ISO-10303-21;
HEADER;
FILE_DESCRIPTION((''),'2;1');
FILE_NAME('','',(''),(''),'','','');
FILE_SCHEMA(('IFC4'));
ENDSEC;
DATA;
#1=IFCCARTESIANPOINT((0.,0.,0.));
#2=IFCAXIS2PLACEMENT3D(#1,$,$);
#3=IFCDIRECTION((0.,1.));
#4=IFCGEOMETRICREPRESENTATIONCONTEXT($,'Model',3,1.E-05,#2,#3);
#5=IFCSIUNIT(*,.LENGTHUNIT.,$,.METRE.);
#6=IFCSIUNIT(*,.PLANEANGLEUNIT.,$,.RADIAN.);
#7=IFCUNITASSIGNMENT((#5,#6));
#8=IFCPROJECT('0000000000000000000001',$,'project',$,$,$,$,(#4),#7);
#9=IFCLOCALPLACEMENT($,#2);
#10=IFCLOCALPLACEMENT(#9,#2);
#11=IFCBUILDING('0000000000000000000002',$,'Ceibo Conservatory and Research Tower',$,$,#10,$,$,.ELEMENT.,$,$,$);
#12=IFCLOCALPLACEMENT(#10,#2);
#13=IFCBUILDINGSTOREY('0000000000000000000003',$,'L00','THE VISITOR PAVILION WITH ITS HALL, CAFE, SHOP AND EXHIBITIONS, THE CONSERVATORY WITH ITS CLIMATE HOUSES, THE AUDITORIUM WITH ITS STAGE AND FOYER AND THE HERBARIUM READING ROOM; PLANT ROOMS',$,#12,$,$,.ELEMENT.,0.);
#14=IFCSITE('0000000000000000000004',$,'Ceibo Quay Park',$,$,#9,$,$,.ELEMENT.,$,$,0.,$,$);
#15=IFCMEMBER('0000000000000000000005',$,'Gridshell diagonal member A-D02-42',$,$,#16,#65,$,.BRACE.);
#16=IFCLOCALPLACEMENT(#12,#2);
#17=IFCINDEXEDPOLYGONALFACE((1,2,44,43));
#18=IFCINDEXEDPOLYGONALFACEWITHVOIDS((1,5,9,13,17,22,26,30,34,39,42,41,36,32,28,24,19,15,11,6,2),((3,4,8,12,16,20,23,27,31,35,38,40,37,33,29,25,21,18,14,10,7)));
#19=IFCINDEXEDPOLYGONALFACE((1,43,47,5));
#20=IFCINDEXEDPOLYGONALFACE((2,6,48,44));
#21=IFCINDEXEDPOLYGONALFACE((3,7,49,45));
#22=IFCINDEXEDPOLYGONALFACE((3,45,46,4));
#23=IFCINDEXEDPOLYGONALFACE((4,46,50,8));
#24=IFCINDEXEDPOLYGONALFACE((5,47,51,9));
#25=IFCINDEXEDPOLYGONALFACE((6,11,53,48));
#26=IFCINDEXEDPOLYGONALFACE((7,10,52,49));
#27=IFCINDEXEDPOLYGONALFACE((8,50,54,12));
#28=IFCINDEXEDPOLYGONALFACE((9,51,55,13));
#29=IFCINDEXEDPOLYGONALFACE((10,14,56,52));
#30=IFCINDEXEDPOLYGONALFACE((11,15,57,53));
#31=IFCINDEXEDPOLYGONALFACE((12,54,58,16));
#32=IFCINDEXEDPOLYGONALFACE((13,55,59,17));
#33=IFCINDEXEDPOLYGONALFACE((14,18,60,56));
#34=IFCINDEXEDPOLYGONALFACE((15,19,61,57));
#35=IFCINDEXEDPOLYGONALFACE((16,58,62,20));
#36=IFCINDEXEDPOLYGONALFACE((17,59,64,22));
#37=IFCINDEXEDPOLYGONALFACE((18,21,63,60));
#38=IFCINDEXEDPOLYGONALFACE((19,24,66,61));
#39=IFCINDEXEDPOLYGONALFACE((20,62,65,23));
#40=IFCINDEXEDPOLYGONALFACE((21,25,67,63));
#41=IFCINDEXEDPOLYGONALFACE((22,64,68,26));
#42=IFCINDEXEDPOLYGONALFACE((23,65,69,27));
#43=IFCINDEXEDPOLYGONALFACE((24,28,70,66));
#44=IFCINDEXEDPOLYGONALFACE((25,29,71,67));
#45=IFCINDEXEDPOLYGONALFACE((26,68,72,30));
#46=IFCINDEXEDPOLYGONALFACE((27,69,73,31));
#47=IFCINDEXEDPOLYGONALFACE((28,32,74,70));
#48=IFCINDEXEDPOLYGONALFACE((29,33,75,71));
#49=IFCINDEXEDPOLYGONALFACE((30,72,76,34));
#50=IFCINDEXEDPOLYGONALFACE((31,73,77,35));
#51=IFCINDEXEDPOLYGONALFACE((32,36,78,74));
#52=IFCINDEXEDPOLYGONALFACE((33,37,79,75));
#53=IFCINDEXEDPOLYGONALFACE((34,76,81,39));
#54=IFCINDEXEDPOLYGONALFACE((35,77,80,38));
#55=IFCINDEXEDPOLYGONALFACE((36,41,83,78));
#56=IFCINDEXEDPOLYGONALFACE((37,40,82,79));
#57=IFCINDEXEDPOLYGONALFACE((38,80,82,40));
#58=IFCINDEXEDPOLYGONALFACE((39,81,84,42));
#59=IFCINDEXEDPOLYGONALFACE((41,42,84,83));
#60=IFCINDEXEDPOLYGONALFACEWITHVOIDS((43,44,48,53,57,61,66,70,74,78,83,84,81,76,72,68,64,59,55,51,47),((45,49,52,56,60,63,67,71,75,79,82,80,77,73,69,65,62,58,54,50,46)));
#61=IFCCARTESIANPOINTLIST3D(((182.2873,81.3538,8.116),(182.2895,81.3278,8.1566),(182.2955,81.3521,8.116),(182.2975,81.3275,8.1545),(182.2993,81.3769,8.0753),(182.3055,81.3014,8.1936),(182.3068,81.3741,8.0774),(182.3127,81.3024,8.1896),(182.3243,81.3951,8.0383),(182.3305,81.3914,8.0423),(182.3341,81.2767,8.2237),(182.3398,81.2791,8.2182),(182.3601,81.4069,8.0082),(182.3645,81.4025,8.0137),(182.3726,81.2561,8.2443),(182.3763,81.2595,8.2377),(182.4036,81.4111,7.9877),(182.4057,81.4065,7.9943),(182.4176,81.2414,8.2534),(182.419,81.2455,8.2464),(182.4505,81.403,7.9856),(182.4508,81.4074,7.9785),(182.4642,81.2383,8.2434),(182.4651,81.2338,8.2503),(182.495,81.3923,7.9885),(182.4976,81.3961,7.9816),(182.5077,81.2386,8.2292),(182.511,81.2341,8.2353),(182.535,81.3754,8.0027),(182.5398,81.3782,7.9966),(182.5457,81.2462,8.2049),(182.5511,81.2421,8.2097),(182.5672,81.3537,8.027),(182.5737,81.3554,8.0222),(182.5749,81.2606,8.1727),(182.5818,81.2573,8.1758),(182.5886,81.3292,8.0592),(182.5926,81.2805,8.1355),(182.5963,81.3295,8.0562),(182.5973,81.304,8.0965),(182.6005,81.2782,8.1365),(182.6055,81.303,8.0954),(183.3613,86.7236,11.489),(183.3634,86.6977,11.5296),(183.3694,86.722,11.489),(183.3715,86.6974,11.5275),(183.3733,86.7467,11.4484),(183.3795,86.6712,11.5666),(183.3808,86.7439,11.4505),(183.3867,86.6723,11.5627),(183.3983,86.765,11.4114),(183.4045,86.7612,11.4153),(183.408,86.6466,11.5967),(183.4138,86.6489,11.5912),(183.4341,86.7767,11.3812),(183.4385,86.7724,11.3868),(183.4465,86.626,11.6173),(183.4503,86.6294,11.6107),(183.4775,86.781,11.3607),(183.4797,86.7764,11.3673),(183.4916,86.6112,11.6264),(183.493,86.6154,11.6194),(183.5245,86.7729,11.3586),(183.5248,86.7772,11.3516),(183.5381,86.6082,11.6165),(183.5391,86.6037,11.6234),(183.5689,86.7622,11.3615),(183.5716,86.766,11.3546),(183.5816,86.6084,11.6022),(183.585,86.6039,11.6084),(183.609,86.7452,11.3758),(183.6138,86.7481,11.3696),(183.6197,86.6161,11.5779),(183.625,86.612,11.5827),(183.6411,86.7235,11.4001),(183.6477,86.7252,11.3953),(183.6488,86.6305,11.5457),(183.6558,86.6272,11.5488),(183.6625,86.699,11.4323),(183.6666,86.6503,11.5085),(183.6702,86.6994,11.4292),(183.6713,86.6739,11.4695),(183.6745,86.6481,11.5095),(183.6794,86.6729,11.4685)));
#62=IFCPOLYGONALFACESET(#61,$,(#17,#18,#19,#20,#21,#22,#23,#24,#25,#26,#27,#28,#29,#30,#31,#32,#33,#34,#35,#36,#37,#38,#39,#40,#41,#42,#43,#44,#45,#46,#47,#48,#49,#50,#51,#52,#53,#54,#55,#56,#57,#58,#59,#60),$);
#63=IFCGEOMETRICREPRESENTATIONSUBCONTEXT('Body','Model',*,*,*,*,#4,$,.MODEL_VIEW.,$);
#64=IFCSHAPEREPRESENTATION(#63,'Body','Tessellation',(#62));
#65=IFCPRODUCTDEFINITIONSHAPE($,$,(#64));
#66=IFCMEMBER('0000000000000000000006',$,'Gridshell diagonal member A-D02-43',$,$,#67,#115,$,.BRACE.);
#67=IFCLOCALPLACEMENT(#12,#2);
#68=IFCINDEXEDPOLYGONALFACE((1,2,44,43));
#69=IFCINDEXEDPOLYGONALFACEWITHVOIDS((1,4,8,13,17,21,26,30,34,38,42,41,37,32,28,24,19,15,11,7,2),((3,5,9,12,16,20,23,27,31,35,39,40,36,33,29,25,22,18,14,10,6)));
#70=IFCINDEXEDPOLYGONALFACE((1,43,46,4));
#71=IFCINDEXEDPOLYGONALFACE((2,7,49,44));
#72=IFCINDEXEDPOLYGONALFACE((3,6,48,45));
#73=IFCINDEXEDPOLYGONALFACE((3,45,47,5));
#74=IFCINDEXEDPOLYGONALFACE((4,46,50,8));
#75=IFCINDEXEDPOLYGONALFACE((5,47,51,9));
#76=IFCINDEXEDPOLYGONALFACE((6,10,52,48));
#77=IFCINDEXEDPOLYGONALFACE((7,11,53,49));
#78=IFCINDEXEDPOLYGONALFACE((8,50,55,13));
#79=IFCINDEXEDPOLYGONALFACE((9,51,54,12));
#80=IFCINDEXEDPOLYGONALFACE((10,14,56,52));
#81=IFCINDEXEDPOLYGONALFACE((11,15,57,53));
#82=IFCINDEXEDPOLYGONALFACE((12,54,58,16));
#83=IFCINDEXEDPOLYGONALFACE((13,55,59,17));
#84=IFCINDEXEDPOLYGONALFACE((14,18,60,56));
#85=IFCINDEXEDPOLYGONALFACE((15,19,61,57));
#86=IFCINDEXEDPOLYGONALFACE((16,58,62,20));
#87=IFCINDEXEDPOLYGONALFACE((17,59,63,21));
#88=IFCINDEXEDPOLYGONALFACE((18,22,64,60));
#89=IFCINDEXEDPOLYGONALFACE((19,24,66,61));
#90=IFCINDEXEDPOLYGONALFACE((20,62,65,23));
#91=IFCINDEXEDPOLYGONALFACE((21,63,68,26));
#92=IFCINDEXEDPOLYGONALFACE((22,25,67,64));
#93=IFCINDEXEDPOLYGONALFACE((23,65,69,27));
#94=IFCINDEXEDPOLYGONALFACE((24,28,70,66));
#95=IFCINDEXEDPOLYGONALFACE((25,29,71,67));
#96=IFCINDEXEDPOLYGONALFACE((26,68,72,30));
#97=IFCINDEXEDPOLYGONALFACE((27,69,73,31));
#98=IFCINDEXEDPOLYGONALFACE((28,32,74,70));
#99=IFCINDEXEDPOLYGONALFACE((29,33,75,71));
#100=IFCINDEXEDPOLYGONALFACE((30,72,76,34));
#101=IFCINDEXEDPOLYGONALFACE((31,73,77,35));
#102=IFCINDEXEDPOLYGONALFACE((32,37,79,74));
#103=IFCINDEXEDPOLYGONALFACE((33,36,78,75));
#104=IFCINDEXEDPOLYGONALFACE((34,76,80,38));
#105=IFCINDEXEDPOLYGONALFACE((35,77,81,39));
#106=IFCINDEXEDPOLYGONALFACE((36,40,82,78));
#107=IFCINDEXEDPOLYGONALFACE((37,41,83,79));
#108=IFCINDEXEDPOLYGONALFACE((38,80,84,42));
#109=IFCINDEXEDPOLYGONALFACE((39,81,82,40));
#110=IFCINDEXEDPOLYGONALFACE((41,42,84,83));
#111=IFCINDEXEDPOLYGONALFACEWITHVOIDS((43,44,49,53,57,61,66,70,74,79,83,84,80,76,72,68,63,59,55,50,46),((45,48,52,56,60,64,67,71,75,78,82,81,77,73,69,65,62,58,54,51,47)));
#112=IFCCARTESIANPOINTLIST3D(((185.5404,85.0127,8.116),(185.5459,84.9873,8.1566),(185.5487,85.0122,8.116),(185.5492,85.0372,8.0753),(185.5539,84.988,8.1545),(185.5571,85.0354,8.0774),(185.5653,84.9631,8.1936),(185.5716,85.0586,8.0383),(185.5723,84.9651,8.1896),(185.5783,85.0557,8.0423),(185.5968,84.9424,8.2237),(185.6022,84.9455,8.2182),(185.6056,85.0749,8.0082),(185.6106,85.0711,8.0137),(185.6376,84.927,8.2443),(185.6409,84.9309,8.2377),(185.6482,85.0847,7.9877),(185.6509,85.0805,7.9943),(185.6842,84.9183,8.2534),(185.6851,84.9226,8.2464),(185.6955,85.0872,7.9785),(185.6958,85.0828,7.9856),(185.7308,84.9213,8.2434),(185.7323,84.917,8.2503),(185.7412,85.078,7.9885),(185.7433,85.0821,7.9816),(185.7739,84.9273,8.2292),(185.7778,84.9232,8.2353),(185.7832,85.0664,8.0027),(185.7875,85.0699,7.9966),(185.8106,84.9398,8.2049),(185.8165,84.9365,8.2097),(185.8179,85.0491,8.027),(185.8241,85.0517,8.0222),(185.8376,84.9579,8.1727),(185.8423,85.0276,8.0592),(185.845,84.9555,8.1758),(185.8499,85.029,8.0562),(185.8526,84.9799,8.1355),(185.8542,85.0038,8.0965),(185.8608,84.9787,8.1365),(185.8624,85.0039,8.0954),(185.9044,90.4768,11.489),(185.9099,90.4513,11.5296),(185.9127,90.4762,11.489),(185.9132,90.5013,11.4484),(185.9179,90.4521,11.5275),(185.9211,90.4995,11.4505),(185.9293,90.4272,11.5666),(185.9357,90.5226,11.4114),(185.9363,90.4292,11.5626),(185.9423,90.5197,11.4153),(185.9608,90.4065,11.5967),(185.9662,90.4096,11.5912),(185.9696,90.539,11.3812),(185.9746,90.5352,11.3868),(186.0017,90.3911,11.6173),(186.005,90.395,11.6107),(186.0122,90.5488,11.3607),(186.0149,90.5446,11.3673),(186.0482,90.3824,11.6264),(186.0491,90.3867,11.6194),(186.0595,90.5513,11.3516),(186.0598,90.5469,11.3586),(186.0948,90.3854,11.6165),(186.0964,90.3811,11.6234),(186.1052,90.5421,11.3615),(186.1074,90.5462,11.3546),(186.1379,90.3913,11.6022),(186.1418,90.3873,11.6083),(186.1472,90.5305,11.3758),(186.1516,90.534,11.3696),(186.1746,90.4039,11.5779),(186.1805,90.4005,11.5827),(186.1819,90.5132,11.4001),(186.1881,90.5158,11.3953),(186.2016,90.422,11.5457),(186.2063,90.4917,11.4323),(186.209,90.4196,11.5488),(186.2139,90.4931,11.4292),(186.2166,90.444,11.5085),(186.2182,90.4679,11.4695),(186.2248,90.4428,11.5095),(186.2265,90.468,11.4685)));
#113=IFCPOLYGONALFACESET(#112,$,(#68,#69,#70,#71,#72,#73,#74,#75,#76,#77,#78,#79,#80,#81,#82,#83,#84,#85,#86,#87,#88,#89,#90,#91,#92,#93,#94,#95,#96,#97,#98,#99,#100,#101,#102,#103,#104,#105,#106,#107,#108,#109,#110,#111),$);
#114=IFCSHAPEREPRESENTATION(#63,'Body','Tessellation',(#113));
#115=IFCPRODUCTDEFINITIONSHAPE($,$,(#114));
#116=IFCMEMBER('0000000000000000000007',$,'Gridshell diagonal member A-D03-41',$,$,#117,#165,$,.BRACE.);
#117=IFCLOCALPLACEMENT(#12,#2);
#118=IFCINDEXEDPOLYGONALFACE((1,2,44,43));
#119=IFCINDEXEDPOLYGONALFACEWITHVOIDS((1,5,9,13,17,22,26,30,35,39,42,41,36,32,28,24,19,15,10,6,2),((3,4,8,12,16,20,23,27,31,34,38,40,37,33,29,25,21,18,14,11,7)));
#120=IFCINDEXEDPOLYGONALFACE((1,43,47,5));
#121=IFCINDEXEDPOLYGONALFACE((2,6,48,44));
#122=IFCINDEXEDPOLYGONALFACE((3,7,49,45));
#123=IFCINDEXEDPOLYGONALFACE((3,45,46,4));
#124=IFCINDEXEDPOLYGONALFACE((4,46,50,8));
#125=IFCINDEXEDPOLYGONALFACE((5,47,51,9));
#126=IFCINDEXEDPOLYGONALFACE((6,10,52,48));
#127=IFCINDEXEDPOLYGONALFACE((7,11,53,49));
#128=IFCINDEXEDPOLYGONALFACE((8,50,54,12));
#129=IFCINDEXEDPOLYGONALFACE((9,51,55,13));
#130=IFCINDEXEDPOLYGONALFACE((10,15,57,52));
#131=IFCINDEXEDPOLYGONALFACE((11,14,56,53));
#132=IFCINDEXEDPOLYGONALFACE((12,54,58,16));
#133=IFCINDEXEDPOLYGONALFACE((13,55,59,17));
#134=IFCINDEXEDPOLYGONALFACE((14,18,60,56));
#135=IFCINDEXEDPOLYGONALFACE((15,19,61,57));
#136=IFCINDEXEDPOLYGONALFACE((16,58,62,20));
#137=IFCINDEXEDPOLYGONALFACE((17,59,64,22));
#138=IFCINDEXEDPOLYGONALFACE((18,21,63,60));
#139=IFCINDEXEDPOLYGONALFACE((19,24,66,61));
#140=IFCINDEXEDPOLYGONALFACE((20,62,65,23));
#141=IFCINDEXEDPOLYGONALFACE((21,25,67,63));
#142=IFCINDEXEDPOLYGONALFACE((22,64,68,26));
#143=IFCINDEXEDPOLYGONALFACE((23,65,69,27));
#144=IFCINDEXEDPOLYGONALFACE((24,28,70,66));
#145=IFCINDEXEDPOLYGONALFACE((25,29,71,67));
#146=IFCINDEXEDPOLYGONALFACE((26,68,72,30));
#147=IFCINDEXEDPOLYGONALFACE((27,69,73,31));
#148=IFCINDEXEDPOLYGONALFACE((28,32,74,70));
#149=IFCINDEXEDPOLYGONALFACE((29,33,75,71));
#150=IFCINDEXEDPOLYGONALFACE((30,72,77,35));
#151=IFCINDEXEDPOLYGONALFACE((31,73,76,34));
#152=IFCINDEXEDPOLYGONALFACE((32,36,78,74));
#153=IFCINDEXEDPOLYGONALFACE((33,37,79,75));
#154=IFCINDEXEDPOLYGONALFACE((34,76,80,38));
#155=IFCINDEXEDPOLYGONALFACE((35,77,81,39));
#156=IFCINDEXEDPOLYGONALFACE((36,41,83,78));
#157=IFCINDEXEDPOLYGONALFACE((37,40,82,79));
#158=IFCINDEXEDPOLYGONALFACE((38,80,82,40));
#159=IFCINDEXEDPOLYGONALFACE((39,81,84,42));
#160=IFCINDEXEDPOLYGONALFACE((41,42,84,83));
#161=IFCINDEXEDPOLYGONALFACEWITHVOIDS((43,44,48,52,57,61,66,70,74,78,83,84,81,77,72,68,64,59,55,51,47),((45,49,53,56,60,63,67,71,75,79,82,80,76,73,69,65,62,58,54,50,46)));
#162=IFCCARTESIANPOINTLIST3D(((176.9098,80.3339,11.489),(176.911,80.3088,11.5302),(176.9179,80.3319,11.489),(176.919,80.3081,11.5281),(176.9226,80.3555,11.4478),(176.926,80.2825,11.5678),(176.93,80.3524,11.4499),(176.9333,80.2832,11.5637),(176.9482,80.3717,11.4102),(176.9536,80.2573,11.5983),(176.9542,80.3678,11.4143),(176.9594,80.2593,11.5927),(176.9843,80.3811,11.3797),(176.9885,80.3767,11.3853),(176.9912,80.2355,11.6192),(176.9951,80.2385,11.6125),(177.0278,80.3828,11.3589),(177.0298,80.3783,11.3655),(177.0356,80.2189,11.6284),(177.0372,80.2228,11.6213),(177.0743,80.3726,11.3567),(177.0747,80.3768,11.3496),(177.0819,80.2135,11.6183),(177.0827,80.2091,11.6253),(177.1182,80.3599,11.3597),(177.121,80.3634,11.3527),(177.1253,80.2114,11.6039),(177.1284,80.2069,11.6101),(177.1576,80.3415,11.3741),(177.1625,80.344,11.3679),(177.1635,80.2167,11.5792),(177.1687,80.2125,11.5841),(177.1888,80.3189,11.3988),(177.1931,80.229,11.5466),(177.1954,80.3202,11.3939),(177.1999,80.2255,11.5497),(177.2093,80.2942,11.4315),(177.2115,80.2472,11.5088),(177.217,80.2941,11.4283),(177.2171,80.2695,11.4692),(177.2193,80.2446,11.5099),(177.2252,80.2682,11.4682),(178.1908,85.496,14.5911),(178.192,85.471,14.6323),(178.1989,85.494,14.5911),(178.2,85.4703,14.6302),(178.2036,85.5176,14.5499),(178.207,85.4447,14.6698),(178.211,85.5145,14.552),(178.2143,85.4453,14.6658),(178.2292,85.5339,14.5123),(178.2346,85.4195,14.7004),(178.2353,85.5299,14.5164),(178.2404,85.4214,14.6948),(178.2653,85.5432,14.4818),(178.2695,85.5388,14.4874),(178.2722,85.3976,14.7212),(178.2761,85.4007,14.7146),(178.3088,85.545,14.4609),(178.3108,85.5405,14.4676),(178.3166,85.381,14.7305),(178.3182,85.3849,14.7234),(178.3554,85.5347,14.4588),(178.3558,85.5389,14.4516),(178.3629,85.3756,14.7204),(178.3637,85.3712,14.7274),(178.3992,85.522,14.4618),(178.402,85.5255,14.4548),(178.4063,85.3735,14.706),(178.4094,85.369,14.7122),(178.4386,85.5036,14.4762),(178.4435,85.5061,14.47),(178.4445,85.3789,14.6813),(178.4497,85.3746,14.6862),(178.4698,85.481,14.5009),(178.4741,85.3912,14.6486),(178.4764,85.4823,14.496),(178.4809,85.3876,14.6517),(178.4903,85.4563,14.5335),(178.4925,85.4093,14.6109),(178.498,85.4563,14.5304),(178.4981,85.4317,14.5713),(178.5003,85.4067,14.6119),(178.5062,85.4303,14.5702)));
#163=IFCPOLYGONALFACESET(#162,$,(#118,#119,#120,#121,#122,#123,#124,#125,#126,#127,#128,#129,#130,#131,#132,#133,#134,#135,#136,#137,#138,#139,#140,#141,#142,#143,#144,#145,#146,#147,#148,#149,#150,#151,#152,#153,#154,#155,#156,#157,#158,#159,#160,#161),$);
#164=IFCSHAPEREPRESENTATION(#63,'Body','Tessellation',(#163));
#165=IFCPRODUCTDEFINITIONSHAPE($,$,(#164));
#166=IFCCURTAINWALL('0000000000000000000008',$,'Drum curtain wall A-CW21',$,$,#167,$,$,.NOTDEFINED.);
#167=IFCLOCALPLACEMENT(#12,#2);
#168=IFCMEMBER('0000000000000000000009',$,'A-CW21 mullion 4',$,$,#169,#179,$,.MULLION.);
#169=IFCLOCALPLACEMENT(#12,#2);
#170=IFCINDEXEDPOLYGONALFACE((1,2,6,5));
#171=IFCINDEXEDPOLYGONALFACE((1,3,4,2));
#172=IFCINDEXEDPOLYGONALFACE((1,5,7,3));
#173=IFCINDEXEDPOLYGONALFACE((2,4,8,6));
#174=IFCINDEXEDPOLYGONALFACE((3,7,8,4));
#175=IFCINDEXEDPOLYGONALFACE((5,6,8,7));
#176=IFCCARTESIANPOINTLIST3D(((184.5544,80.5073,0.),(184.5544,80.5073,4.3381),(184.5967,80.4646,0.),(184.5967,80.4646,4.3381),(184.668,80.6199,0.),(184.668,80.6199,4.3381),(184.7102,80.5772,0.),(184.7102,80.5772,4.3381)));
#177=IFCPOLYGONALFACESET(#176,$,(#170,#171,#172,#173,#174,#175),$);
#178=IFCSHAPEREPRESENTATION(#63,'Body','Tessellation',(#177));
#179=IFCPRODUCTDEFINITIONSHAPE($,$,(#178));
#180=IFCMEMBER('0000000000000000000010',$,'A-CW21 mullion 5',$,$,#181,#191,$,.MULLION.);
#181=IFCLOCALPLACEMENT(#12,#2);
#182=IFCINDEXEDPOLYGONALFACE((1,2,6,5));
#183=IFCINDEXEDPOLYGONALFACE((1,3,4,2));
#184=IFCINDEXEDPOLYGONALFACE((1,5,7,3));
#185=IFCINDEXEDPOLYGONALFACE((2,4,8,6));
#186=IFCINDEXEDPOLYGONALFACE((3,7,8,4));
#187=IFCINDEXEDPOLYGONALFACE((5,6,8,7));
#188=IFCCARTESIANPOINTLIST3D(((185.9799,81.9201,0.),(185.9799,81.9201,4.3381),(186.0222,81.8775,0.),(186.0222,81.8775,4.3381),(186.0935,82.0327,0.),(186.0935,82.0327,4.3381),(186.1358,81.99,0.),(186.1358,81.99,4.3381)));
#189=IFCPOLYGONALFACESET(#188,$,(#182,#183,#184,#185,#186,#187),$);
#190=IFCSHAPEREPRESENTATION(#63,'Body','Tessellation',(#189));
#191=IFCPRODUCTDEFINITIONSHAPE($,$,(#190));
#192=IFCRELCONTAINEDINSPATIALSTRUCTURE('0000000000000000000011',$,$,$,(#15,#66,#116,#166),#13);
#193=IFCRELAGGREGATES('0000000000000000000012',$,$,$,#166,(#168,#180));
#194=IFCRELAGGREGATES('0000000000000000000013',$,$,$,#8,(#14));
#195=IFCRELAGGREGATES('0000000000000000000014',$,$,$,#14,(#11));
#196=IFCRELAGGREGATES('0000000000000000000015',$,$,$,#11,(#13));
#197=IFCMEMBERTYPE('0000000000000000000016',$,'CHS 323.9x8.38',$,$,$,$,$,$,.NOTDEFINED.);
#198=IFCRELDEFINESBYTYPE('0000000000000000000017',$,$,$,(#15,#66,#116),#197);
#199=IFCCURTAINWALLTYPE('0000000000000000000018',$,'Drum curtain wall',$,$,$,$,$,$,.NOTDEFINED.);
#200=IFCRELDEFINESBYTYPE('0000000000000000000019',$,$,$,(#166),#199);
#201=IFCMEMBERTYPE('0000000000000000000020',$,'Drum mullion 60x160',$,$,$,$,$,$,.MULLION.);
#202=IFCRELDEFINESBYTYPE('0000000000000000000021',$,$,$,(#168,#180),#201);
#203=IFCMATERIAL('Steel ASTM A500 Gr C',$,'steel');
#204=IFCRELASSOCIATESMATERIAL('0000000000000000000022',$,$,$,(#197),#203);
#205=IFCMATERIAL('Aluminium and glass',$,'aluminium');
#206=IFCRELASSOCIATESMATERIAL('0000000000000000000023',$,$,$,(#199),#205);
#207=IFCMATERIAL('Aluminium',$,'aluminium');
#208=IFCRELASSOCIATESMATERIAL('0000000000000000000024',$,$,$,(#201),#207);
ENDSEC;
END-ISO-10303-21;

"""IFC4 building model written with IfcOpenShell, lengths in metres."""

from ifc_helpers import new_model, si_unit, direction, frame, origin, origin_2d, place, context, subcontext, project, spatial, rectangle, hollow_circle, extrude, material, material_profile, profile_set, type_object, element, aggregate, save


model = new_model("IFC4")

# Units and contexts
model_context = context("Model", 3, precision=1e-05, world=origin(), true_north=direction((0.0, 1.0)))
body_context = subcontext(model_context, "Body", "Model", "MODEL_VIEW")
ifc_project = project(units=[si_unit("LENGTHUNIT", "METRE"), si_unit("PLANEANGLEUNIT", "RADIAN")], contexts=[model_context])

# Site, building, storey
site_placement = place(None, origin())
site = spatial("IfcSite", under=ifc_project, at=site_placement, Name="Ceibo Quay Park", CompositionType="ELEMENT", RefElevation=0.0)
building_placement = place(site_placement, origin())
building = spatial("IfcBuilding", under=site, at=building_placement, Name="Ceibo Conservatory and Research Tower", CompositionType="ELEMENT")
storey_placement = place(building_placement, origin())
storey = spatial("IfcBuildingStorey", under=building, at=storey_placement, Name="L00", Description="THE VISITOR PAVILION WITH ITS HALL, CAFE, SHOP AND EXHIBITIONS, THE CONSERVATORY WITH ITS CLIMATE HOUSES, THE AUDITORIUM WITH ITS STAGE AND FOYER AND THE HERBARIUM READING ROOM; PLANT ROOMS", CompositionType="ELEMENT", Elevation=0.0)

# Members
ifc_material_1 = material(Name="Steel ASTM A500 Gr C", Category="steel")
ifc_material_profile_1 = material_profile(ifc_material_1, hollow_circle(Radius=0.1619, WallThickness=0.0083, at=origin_2d()), Name="CHS 323.9x8.38")
ifc_profile_set_1 = profile_set([ifc_material_profile_1], Name="Steel ASTM A500 Gr C")
member_type_1 = type_object("IfcMemberType", Name="CHS 323.9x8.38", PredefinedType="NOTDEFINED", material=ifc_profile_set_1)
for number, where, z_axis, x_axis, name in (
    (1, (182.446, 81.322, 8.116), (0.166982, 0.834911, 0.524443), (-0.980581, 0.196116, 0.0), "Gridshell diagonal member A-D02-42"),
    (2, (185.7019, 85.002, 8.116), (0.056597, 0.849563, 0.524443), (-0.997788, 0.066472, 0.0), "Gridshell diagonal member A-D02-43"),
):
    element("IfcMember", number, at=place(storey_placement, frame(where, z_axis=z_axis, x_axis=x_axis)), inside=storey, type_object=member_type_1, Name=name, PredefinedType="BRACE", context=body_context, shape_type="SweptSolid", body=[
        extrude(hollow_circle(Radius=0.1619, WallThickness=0.0083, at=origin_2d()), origin(), (0.0, 0.0, 1.0), 6.4316),
    ])
member_1_placement = place(storey_placement, frame((177.0669, 80.2949, 11.489), z_axis=(0.20805, 0.838386, 0.503809), x_axis=(-0.970562, 0.24085, 0.0)))
element("IfcMember", 3, at=member_1_placement, inside=storey, type_object=member_type_1, Name="Gridshell diagonal member A-D03-41", PredefinedType="BRACE", context=body_context, shape_type="SweptSolid", body=[
    extrude(hollow_circle(Radius=0.1619, WallThickness=0.0083, at=origin_2d()), origin(), (0.0, 0.0, 1.0), 6.1572),
])

# Curtain wall, members
ifc_material_2 = material(Name="Aluminium and glass", Category="aluminium")
curtain_wall_type = type_object("IfcCurtainWallType", Name="Drum curtain wall", PredefinedType="NOTDEFINED", material=ifc_material_2)
curtain_wall_placement = place(storey_placement, origin())
curtain_wall = element("IfcCurtainWall", 4, at=curtain_wall_placement, inside=storey, type_object=curtain_wall_type, Name="Drum curtain wall A-CW21", PredefinedType="NOTDEFINED")
ifc_material_3 = material(Name="Aluminium", Category="aluminium")
ifc_material_profile_2 = material_profile(ifc_material_3, rectangle(XDim=0.0601, YDim=0.1599, at=origin_2d()), Name="AL 60x160")
ifc_profile_set_2 = profile_set([ifc_material_profile_2], Name="Aluminium")
member_type_2 = type_object("IfcMemberType", Name="Drum mullion 60x160", PredefinedType="MULLION", material=ifc_profile_set_2)
member_2_placement = place(storey_placement, frame((184.6323, 80.5422, 0.0), z_axis=(0.0, 0.0, 1.0), x_axis=(-0.704015, 0.710185, 0.0)))
member_2 = element("IfcMember", 5, at=member_2_placement, type_object=member_type_2, Name="A-CW21 mullion 4", PredefinedType="MULLION", context=body_context, shape_type="SweptSolid", body=[
    extrude(rectangle(XDim=0.0601, YDim=0.1599, at=origin_2d()), origin(), (0.0, 0.0, 1.0), 4.3381),
])
member_3_placement = place(storey_placement, frame((186.0579, 81.9551, 0.0), z_axis=(0.0, 0.0, 1.0), x_axis=(-0.704015, 0.710185, 0.0)))
member_3 = element("IfcMember", 6, at=member_3_placement, type_object=member_type_2, Name="A-CW21 mullion 5", PredefinedType="MULLION", context=body_context, shape_type="SweptSolid", body=[
    extrude(rectangle(XDim=0.0601, YDim=0.1599, at=origin_2d()), origin(), (0.0, 0.0, 1.0), 4.3381),
])
aggregate(curtain_wall, [member_2, member_3])

save(model, "model.ifc")
